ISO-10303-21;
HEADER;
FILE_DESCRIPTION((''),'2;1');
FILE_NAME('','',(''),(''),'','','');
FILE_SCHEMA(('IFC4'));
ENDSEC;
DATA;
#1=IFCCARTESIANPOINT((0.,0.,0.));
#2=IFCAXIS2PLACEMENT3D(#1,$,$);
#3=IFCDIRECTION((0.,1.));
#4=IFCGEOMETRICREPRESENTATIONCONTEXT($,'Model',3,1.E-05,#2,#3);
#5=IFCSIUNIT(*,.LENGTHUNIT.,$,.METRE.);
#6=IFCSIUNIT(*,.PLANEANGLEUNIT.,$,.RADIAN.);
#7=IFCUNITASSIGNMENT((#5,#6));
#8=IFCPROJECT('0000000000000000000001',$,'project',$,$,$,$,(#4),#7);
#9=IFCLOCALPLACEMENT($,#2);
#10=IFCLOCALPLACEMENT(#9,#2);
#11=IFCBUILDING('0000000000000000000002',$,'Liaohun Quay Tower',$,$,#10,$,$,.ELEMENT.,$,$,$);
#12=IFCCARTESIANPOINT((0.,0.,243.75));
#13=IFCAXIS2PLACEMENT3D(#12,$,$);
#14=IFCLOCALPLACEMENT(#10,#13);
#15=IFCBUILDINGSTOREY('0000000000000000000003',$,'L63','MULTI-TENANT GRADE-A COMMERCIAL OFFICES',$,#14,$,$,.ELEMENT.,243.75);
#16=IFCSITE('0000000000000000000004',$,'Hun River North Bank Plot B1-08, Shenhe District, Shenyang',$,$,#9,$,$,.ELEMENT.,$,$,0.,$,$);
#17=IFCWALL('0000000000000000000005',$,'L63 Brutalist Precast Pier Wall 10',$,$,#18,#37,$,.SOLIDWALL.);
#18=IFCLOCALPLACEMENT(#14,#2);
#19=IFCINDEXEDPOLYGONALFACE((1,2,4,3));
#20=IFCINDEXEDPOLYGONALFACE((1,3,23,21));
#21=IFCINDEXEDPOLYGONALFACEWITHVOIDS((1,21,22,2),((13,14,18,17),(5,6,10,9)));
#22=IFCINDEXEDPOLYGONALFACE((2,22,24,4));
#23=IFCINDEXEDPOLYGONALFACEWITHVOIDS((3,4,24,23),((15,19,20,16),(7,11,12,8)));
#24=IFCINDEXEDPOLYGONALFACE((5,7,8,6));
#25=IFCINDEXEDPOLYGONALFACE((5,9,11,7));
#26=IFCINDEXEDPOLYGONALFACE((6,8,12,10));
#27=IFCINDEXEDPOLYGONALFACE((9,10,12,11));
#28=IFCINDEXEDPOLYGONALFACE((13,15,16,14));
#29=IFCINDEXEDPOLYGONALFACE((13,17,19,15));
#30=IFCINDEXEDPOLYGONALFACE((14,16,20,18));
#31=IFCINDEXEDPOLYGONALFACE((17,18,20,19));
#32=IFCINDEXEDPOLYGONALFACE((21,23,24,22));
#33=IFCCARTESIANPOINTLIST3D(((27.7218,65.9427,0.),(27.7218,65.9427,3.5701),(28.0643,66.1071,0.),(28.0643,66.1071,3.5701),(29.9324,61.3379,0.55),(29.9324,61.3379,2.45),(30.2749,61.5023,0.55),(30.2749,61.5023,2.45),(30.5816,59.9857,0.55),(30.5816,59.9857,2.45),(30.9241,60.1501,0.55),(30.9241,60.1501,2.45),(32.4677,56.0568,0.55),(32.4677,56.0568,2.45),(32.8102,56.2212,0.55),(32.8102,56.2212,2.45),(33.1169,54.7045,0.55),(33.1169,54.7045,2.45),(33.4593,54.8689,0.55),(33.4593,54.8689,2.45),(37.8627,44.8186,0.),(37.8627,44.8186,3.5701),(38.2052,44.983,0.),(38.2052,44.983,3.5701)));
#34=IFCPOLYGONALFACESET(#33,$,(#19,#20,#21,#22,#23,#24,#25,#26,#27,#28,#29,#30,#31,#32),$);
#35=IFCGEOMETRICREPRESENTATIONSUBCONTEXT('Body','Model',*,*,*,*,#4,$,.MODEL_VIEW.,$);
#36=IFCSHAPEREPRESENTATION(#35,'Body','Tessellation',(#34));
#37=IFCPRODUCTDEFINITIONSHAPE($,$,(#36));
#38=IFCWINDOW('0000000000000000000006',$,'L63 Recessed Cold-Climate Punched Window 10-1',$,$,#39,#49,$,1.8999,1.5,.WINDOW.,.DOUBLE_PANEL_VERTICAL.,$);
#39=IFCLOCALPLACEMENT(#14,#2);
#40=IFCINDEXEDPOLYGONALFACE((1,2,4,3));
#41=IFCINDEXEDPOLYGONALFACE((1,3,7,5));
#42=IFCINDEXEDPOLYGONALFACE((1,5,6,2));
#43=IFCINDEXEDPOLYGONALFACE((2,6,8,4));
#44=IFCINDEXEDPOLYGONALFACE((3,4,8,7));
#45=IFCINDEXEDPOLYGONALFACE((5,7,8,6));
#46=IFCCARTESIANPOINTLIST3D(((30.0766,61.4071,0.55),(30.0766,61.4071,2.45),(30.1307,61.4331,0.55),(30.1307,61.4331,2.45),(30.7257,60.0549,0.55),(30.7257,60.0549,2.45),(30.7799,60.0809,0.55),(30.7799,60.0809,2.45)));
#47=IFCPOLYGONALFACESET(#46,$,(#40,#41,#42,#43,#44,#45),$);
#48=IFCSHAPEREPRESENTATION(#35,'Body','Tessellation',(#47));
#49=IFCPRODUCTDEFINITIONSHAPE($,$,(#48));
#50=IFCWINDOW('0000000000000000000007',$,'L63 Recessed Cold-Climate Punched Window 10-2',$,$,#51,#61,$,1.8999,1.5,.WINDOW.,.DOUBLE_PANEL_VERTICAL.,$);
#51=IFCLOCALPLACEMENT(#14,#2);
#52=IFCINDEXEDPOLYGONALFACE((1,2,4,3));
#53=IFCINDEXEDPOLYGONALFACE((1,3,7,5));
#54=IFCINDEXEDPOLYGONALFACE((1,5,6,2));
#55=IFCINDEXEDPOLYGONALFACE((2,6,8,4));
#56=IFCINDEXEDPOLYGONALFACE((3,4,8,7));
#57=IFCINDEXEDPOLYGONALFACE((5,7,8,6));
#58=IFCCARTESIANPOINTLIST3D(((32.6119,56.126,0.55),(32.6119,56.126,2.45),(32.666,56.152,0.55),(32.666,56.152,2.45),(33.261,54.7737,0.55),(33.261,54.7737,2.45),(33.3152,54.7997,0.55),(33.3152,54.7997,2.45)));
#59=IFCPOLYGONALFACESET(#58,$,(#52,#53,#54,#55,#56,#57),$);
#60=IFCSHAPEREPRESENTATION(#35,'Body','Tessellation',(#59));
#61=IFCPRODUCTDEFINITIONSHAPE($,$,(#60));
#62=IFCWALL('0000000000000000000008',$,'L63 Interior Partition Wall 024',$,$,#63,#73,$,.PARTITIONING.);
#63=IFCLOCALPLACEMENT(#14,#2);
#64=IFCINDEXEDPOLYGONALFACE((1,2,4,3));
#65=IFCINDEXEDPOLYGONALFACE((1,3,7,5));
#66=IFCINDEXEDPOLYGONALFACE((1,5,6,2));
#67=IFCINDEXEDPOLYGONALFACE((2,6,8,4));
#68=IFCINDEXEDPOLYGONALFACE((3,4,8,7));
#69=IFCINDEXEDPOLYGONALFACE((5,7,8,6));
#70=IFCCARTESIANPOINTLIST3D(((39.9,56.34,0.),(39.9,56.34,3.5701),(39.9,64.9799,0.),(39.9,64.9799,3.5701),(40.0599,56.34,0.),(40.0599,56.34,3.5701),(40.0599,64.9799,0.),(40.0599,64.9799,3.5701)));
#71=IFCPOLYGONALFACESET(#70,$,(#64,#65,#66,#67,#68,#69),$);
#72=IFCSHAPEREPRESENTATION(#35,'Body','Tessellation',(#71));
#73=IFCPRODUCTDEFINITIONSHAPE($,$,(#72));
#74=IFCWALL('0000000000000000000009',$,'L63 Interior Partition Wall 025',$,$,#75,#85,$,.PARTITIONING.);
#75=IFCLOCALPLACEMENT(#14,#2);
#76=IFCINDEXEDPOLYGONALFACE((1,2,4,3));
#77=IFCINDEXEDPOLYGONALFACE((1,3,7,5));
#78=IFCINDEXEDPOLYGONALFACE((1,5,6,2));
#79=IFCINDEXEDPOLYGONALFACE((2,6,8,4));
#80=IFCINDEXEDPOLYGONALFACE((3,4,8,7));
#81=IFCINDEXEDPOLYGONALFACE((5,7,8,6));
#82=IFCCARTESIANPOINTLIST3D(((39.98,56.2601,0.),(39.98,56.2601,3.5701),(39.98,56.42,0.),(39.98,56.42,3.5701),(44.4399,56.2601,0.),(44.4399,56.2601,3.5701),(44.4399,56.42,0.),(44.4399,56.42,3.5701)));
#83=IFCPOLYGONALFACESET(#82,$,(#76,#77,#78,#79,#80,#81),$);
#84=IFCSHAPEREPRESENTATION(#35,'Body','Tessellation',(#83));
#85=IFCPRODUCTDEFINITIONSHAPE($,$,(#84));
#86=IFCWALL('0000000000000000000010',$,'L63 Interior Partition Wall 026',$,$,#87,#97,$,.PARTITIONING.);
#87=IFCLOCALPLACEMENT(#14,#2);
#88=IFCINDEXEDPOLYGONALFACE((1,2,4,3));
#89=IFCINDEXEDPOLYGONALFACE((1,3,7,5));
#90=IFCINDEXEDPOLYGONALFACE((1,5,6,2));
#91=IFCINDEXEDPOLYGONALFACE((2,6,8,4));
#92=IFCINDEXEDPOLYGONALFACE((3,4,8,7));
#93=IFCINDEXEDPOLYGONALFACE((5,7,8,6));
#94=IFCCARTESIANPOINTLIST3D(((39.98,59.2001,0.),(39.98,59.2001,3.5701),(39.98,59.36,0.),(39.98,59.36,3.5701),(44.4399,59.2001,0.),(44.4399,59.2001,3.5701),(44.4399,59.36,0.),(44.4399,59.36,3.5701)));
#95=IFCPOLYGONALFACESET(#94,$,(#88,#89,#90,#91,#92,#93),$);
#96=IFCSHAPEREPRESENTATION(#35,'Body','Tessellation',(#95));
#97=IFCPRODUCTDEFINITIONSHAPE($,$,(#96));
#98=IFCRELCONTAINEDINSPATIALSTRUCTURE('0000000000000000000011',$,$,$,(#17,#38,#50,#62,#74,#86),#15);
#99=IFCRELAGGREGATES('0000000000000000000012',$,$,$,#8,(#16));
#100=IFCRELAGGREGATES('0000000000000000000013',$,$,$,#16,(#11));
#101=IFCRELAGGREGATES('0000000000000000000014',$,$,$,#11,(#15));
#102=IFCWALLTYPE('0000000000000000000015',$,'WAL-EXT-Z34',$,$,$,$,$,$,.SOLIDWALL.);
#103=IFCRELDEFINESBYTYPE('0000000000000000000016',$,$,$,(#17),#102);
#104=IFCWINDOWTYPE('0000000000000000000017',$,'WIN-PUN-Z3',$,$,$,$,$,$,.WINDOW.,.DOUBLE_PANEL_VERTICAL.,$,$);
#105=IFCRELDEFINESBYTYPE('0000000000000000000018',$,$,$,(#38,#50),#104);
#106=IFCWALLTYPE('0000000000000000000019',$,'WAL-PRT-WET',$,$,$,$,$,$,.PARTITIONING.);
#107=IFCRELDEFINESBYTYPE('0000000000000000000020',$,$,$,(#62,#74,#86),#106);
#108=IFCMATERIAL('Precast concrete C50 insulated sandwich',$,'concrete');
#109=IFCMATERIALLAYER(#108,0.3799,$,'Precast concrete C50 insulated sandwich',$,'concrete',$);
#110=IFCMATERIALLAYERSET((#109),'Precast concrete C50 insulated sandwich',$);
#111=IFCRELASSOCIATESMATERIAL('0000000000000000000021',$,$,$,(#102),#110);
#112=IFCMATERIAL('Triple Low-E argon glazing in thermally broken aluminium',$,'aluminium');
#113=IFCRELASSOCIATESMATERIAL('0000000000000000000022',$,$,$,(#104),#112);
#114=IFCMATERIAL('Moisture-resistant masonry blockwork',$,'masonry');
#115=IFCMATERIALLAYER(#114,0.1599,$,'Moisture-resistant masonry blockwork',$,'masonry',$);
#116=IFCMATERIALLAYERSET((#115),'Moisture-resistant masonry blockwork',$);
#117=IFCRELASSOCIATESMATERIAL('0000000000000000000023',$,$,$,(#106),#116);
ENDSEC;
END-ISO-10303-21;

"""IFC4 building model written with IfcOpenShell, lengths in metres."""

from ifc_helpers import new_model, si_unit, direction, frame, frame_2d, origin, place, context, subcontext, project, spatial, rectangle, extrude, source, transform, mapped, material, layer, layer_set, type_object, element, fill, save


model = new_model("IFC4")

# Units and contexts
model_context = context("Model", 3, precision=1e-05, world=origin(), true_north=direction((0.0, 1.0)))
body_context = subcontext(model_context, "Body", "Model", "MODEL_VIEW")
ifc_project = project(units=[si_unit("LENGTHUNIT", "METRE"), si_unit("PLANEANGLEUNIT", "RADIAN")], contexts=[model_context])

# Site, building, storey
site_placement = place(None, origin())
site = spatial("IfcSite", under=ifc_project, at=site_placement, Name="Hun River North Bank Plot B1-08, Shenhe District, Shenyang", CompositionType="ELEMENT", RefElevation=0.0)
building_placement = place(site_placement, origin())
building = spatial("IfcBuilding", under=site, at=building_placement, Name="Liaohun Quay Tower", CompositionType="ELEMENT")
storey_placement = place(building_placement, frame((0.0, 0.0, 243.75)))
storey = spatial("IfcBuildingStorey", under=building, at=storey_placement, Name="L63", Description="MULTI-TENANT GRADE-A COMMERCIAL OFFICES", CompositionType="ELEMENT", Elevation=243.75)

# Shared definitions
ifc_material_1 = material(Name="Precast concrete C50 insulated sandwich", Category="concrete")
ifc_layer_1 = layer(ifc_material_1, 0.3799, Name="Precast concrete C50 insulated sandwich", Category="concrete")
ifc_layer_set_1 = layer_set([ifc_layer_1], Name="Precast concrete C50 insulated sandwich")
wall_type_1 = type_object("IfcWallType", Name="WAL-EXT-Z34", PredefinedType="SOLIDWALL", material=ifc_layer_set_1)

# Wall, openings, windows
wall_1_placement = place(storey_placement, frame((27.8931, 66.0249, 0.0), z_axis=(0.0, 0.0, 1.0), x_axis=(0.432777, -0.901501, 0.0)))
wall_1 = element("IfcWall", 1, at=wall_1_placement, inside=storey, type_object=wall_type_1, Name="L63 Brutalist Precast Pier Wall 10", PredefinedType="SOLIDWALL", context=body_context, shape_type="SweptSolid", body=[
    extrude(rectangle(XDim=23.4321, YDim=0.3799, at=frame_2d((11.7161, 0.0))), origin(), (0.0, 0.0, 1.0), 3.5701),
])
shared_shape_1 = source(origin(), body_context, "Body", "SweptSolid", [
    extrude(rectangle(XDim=1.5, YDim=1.8999, at=frame_2d((0.75, 0.95))), frame((0.0, 0.2, 0.0), z_axis=(0.0, -1.0, 0.0), x_axis=(1.0, 0.0, 0.0)), (0.0, 0.0, 1.0), 0.3999),
])
opening_1_placement = place(wall_1_placement, frame((5.1079, 0.0, 0.55)))
opening_1 = element("IfcOpeningElement", 2, at=opening_1_placement, cuts=wall_1, PredefinedType="OPENING", context=body_context, shape_type="MappedRepresentation", body=[
    mapped(shared_shape_1, transform((0.0, 0.0, 0.0), x_axis=(1.0, 0.0, 0.0), y_axis=(0.0, 1.0, 0.0), z_axis=(0.0, 0.0, 1.0), scale=1.0)),
])
opening_2_placement = place(wall_1_placement, frame((10.9661, 0.0, 0.55)))
opening_2 = element("IfcOpeningElement", 3, at=opening_2_placement, cuts=wall_1, PredefinedType="OPENING", context=body_context, shape_type="MappedRepresentation", body=[
    mapped(shared_shape_1, transform((0.0, 0.0, 0.0), x_axis=(1.0, 0.0, 0.0), y_axis=(0.0, 1.0, 0.0), z_axis=(0.0, 0.0, 1.0), scale=1.0)),
])
ifc_material_2 = material(Name="Triple Low-E argon glazing in thermally broken aluminium", Category="aluminium")
window_type_1 = type_object("IfcWindowType", Name="WIN-PUN-Z3", PartitioningType="DOUBLE_PANEL_VERTICAL", PredefinedType="WINDOW", material=ifc_material_2)
shared_shape_2 = source(origin(), body_context, "Body", "SweptSolid", [
    extrude(rectangle(XDim=1.5, YDim=1.8999, at=frame_2d((0.75, 0.95))), frame((0.0, 0.03, 0.0), z_axis=(0.0, -1.0, 0.0), x_axis=(1.0, 0.0, 0.0)), (0.0, 0.0, 1.0), 0.0601),
])
window_1_placement = place(opening_1_placement, origin())
window_1 = element("IfcWindow", 4, at=window_1_placement, inside=storey, type_object=window_type_1, Name="L63 Recessed Cold-Climate Punched Window 10-1", OverallHeight=1.8999, OverallWidth=1.5, PartitioningType="DOUBLE_PANEL_VERTICAL", PredefinedType="WINDOW", context=body_context, shape_type="MappedRepresentation", body=[
    mapped(shared_shape_2, transform((0.0, 0.0, 0.0), x_axis=(1.0, 0.0, 0.0), y_axis=(0.0, 1.0, 0.0), z_axis=(0.0, 0.0, 1.0), scale=1.0)),
])
fill(opening_1, window_1)
window_2_placement = place(opening_2_placement, origin())
window_2 = element("IfcWindow", 5, at=window_2_placement, inside=storey, type_object=window_type_1, Name="L63 Recessed Cold-Climate Punched Window 10-2", OverallHeight=1.8999, OverallWidth=1.5, PartitioningType="DOUBLE_PANEL_VERTICAL", PredefinedType="WINDOW", context=body_context, shape_type="MappedRepresentation", body=[
    mapped(shared_shape_2, transform((0.0, 0.0, 0.0), x_axis=(1.0, 0.0, 0.0), y_axis=(0.0, 1.0, 0.0), z_axis=(0.0, 0.0, 1.0), scale=1.0)),
])
fill(opening_2, window_2)

# Walls
ifc_material_3 = material(Name="Moisture-resistant masonry blockwork", Category="masonry")
ifc_layer_2 = layer(ifc_material_3, 0.1599, Name="Moisture-resistant masonry blockwork", Category="masonry")
ifc_layer_set_2 = layer_set([ifc_layer_2], Name="Moisture-resistant masonry blockwork")
wall_type_2 = type_object("IfcWallType", Name="WAL-PRT-WET", PredefinedType="PARTITIONING", material=ifc_layer_set_2)
wall_2_placement = place(storey_placement, frame((39.98, 56.3401, 0.0), z_axis=(0.0, 0.0, 1.0), x_axis=(0.0, 1.0, 0.0)))
element("IfcWall", 6, at=wall_2_placement, inside=storey, type_object=wall_type_2, Name="L63 Interior Partition Wall 024", PredefinedType="PARTITIONING", context=body_context, shape_type="SweptSolid", body=[
    extrude(rectangle(XDim=8.6399, YDim=0.1599, at=frame_2d((4.3198, 0.0))), origin(), (0.0, 0.0, 1.0), 3.5701),
])
for number, where, z_axis, x_axis, name in (
    (7, (39.98, 56.3401, 0.0), (0.0, 0.0, 1.0), (1.0, 0.0, 0.0), "L63 Interior Partition Wall 025"),
    (8, (39.98, 59.28, 0.0), (0.0, 0.0, 1.0), (1.0, 0.0, 0.0), "L63 Interior Partition Wall 026"),
):
    element("IfcWall", number, at=place(storey_placement, frame(where, z_axis=z_axis, x_axis=x_axis)), inside=storey, type_object=wall_type_2, Name=name, PredefinedType="PARTITIONING", context=body_context, shape_type="SweptSolid", body=[
        extrude(rectangle(XDim=4.46, YDim=0.1599, at=frame_2d((2.23, 0.0))), origin(), (0.0, 0.0, 1.0), 3.5701),
    ])

save(model, "model.ifc")
